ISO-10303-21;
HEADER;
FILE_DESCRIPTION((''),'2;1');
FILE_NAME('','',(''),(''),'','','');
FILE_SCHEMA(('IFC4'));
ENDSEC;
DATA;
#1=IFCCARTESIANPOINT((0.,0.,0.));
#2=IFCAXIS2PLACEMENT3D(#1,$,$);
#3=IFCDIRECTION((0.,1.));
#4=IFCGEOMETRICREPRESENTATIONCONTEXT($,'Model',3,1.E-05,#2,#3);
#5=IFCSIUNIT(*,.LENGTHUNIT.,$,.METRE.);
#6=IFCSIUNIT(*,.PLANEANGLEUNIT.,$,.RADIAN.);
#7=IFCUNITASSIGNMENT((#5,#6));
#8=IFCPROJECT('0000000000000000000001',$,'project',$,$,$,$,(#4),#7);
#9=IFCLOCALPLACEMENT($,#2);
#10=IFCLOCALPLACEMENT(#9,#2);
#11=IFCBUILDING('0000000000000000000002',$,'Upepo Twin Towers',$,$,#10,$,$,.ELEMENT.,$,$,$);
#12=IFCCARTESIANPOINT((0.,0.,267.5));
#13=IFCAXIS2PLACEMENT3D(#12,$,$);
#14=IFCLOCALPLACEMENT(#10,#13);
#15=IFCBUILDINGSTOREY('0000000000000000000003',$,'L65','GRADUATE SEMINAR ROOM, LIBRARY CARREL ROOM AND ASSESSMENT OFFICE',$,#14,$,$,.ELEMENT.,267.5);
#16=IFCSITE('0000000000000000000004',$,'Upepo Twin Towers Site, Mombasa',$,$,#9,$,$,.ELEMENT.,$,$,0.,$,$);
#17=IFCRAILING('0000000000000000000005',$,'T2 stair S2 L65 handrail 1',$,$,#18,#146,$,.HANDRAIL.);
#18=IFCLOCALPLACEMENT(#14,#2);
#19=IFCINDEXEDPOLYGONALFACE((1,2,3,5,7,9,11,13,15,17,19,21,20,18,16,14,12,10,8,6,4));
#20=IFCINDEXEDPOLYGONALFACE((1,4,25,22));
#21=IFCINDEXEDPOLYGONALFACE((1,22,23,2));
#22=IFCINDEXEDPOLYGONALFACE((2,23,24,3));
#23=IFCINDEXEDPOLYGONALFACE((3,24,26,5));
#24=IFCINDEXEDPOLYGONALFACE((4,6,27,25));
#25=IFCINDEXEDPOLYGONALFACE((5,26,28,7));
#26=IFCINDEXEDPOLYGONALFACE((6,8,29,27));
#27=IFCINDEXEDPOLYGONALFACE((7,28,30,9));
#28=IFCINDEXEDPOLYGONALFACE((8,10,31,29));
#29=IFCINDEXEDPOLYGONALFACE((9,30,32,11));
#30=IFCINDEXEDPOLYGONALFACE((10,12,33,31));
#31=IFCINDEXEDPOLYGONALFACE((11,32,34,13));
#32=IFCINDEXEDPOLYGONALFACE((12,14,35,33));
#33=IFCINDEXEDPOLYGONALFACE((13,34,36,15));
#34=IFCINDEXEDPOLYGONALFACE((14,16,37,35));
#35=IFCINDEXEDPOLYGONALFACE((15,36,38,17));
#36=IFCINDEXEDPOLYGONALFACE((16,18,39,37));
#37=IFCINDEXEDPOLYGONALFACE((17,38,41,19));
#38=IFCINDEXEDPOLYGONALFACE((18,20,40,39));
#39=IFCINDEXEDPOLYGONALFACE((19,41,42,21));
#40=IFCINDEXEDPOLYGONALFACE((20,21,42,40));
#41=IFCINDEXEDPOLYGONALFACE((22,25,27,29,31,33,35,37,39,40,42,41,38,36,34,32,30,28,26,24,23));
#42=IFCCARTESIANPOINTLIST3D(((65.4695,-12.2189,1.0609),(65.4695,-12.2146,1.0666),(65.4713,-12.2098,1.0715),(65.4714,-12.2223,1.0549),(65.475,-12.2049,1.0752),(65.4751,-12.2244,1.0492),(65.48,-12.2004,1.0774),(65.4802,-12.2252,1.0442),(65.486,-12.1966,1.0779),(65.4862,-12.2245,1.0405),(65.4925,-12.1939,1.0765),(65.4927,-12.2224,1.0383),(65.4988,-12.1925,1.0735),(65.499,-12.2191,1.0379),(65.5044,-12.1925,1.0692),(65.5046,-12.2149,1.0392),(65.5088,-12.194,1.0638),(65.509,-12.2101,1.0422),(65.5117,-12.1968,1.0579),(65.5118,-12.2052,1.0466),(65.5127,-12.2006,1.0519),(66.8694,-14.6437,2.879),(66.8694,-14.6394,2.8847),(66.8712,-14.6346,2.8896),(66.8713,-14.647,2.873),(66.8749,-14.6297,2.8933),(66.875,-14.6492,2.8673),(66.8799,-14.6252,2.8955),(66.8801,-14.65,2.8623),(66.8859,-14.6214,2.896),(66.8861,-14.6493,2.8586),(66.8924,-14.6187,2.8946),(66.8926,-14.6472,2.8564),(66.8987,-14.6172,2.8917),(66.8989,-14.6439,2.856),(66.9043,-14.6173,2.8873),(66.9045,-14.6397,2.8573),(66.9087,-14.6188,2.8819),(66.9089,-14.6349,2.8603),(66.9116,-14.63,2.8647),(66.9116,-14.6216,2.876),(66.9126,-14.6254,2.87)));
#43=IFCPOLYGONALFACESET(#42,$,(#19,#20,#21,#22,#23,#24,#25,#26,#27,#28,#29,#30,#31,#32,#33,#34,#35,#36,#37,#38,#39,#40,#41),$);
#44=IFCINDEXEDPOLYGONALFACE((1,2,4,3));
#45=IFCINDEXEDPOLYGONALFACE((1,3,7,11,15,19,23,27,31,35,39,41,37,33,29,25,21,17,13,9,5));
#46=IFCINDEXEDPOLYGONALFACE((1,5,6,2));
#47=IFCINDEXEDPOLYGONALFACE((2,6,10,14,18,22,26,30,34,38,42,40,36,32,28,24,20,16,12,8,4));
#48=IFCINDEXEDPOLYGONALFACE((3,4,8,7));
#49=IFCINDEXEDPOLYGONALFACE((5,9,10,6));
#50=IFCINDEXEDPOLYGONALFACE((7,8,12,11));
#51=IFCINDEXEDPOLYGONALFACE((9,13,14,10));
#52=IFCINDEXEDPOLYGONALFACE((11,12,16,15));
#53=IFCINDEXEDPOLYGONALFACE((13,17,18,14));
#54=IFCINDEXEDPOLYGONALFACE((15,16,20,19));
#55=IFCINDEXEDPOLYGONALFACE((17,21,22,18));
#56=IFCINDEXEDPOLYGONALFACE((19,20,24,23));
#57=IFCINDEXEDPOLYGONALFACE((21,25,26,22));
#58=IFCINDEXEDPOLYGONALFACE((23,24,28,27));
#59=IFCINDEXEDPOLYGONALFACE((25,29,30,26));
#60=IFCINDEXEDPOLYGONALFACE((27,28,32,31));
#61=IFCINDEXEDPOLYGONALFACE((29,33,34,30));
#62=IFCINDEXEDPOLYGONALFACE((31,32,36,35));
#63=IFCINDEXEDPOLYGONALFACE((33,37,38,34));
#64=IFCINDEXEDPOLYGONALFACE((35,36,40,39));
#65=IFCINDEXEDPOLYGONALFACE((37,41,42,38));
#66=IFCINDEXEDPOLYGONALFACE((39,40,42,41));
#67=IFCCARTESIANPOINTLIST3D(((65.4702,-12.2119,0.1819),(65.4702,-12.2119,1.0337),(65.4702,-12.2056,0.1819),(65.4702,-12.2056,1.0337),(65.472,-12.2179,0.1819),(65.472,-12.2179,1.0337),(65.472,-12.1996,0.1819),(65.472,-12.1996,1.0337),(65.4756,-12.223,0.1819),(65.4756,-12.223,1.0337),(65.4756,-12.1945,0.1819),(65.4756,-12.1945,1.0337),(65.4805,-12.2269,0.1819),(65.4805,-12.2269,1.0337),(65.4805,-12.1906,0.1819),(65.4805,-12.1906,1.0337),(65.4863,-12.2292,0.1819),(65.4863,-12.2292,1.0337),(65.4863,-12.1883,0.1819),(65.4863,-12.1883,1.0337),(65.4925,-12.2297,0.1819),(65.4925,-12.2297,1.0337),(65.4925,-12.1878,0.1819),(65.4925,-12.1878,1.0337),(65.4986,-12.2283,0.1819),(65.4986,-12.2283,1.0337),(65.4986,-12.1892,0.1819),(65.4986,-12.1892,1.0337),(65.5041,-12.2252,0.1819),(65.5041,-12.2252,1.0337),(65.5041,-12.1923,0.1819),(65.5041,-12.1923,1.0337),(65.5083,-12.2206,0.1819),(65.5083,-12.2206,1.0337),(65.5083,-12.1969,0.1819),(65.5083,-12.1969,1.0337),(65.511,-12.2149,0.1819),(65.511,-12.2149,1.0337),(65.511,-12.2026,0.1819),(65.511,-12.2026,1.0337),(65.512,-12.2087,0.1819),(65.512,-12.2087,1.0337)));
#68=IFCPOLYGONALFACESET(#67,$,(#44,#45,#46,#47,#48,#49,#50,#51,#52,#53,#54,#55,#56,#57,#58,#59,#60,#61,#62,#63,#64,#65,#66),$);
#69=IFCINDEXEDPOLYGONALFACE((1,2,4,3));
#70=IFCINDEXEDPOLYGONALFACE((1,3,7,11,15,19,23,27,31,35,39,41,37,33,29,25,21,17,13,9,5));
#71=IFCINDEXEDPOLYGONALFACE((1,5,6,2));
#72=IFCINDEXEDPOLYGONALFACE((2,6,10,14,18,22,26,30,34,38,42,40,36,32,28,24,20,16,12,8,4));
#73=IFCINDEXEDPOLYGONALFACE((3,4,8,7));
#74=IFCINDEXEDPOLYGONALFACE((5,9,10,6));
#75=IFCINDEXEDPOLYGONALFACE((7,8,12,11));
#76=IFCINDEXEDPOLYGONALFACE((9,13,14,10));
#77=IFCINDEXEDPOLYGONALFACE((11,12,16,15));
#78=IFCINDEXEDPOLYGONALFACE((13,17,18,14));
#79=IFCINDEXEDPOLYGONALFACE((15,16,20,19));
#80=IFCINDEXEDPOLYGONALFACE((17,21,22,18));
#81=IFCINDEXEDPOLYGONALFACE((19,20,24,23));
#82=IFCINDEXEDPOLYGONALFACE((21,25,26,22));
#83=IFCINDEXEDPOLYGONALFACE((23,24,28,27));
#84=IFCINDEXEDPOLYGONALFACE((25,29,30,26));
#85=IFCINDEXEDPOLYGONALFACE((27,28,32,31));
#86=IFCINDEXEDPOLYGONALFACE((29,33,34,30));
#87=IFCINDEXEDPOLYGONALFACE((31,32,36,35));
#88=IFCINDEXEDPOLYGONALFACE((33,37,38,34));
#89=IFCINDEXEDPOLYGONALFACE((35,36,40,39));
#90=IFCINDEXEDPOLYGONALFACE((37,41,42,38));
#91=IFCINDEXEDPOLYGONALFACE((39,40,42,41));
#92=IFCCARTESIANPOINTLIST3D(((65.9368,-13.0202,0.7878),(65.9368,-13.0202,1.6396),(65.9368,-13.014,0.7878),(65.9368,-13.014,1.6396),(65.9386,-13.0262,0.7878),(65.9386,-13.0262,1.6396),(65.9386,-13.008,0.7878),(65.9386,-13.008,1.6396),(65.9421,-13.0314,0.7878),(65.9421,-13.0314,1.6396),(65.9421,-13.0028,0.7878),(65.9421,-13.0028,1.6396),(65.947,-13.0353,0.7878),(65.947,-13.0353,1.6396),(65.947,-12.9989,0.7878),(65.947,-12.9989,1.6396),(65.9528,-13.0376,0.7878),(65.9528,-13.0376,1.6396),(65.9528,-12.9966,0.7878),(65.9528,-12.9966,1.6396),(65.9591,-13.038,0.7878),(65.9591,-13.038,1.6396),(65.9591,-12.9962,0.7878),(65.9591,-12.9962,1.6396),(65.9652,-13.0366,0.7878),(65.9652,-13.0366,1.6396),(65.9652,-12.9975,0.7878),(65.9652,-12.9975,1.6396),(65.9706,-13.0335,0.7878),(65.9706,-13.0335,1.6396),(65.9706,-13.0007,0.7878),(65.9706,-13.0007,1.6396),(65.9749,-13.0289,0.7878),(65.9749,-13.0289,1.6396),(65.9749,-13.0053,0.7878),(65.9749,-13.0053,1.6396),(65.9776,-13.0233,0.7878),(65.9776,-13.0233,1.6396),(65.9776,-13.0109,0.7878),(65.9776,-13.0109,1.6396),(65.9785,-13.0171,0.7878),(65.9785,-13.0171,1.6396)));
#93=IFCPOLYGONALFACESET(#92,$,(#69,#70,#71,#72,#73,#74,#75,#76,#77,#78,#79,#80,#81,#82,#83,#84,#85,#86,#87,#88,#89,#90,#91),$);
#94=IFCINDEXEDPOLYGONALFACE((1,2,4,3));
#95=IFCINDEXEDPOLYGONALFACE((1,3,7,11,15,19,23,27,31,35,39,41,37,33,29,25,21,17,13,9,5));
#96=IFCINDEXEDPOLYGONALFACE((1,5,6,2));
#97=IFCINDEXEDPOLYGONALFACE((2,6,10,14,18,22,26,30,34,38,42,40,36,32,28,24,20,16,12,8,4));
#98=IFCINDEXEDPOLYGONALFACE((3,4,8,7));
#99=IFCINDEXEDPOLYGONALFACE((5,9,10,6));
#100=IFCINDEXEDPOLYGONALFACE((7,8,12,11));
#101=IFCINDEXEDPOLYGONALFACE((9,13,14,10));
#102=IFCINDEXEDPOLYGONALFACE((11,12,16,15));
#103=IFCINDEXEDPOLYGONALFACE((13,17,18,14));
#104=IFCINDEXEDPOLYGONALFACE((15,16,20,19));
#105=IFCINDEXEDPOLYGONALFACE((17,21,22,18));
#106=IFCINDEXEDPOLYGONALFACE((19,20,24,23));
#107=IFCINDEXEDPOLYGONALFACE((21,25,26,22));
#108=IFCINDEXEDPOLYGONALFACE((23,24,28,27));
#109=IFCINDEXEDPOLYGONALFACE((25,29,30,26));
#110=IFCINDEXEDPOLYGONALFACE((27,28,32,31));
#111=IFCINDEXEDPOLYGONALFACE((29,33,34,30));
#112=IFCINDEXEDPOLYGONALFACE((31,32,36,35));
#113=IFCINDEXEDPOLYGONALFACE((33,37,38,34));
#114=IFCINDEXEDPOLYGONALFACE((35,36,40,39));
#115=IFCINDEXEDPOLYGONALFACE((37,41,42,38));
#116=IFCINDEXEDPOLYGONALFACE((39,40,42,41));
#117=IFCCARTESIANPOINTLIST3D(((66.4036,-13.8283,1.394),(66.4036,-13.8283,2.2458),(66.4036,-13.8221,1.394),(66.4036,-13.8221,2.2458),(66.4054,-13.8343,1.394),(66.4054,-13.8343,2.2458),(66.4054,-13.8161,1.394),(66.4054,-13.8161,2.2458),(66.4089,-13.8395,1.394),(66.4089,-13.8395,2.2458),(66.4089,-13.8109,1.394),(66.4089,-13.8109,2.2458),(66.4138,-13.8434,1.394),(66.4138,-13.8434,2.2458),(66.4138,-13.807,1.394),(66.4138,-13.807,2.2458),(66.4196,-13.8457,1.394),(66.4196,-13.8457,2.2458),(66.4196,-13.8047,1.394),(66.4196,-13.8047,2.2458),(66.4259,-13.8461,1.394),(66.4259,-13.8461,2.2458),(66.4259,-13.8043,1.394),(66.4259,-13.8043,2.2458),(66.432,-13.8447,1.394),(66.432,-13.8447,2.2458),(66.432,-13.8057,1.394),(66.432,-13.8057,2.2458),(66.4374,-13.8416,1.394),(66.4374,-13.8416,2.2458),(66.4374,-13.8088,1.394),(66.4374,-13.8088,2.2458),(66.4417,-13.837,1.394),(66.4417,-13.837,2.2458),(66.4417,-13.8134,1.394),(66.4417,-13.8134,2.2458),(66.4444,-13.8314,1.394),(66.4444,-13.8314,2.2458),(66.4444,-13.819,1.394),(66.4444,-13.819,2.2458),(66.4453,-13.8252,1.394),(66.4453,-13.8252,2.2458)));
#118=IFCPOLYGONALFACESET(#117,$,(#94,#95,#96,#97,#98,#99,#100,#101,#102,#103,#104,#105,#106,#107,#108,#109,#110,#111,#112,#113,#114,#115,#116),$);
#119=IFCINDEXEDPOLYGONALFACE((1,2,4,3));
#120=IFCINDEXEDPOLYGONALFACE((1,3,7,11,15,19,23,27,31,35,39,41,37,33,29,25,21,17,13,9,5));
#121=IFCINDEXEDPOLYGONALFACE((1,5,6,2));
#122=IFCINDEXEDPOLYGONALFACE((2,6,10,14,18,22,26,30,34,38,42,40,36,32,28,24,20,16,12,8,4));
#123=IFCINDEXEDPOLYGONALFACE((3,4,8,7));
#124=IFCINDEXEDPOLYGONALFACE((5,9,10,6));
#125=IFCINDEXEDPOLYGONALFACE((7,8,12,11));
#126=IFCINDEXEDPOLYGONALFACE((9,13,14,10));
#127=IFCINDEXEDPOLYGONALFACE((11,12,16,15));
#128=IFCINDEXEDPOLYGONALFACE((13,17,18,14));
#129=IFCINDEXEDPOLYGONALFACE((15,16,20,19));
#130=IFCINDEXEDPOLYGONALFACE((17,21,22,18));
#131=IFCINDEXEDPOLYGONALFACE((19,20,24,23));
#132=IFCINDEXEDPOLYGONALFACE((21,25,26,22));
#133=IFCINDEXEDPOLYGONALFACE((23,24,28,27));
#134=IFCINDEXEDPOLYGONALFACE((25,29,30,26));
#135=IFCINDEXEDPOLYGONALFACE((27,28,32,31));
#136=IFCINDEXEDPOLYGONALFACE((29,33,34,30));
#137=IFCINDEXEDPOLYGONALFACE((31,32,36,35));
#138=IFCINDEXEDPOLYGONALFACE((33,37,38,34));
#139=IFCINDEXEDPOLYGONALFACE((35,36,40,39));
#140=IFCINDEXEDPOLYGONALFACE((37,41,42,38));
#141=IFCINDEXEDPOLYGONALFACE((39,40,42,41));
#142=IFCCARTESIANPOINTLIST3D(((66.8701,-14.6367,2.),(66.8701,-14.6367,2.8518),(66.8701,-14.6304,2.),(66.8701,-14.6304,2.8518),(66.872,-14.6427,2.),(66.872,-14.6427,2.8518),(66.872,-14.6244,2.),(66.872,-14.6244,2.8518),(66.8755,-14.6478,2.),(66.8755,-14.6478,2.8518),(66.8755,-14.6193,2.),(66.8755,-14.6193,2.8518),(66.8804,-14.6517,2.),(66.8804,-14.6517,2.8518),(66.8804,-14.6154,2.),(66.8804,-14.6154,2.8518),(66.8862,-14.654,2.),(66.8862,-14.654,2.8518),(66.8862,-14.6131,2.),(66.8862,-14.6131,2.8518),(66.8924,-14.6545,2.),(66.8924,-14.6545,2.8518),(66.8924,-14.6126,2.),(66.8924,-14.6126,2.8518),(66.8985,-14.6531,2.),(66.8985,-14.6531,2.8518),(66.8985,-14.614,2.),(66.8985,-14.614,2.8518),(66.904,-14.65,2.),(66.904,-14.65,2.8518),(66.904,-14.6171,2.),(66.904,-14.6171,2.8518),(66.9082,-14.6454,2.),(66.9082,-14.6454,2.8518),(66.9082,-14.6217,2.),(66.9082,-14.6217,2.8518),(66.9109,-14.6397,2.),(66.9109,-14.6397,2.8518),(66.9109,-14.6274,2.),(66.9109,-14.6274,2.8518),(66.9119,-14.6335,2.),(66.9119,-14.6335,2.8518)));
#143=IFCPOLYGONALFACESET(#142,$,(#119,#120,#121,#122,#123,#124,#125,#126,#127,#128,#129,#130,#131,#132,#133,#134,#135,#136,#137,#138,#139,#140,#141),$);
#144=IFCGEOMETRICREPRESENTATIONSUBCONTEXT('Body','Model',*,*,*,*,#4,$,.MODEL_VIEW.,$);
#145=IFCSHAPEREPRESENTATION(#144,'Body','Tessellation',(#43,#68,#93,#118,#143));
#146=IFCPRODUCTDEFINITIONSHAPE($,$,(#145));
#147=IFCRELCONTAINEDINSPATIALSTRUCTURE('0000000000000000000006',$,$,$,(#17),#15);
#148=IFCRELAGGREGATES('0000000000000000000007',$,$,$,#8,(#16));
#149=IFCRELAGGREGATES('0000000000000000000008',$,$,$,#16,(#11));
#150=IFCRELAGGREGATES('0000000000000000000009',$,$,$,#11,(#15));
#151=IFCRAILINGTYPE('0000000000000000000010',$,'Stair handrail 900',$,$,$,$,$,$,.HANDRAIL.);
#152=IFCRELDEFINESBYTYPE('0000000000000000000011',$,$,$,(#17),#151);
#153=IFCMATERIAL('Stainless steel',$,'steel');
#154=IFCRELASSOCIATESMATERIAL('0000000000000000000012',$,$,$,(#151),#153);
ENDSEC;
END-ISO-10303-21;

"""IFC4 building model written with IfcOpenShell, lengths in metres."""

from ifc_helpers import new_model, si_unit, direction, frame, origin, origin_2d, place, context, subcontext, project, spatial, circle, extrude, material, type_object, element, save


model = new_model("IFC4")

# Units and contexts
model_context = context("Model", 3, precision=1e-05, world=origin(), true_north=direction((0.0, 1.0)))
body_context = subcontext(model_context, "Body", "Model", "MODEL_VIEW")
ifc_project = project(units=[si_unit("LENGTHUNIT", "METRE"), si_unit("PLANEANGLEUNIT", "RADIAN")], contexts=[model_context])

# Site, building, storey
site_placement = place(None, origin())
site = spatial("IfcSite", under=ifc_project, at=site_placement, Name="Upepo Twin Towers Site, Mombasa", CompositionType="ELEMENT", RefElevation=0.0)
building_placement = place(site_placement, origin())
building = spatial("IfcBuilding", under=site, at=building_placement, Name="Upepo Twin Towers", CompositionType="ELEMENT")
storey_placement = place(building_placement, frame((0.0, 0.0, 267.5)))
storey = spatial("IfcBuildingStorey", under=building, at=storey_placement, Name="L65", Description="GRADUATE SEMINAR ROOM, LIBRARY CARREL ROOM AND ASSESSMENT OFFICE", CompositionType="ELEMENT", Elevation=267.5)

# Railing
ifc_material_1 = material(Name="Stainless steel", Category="steel")
railing_type = type_object("IfcRailingType", Name="Stair handrail 900", PredefinedType="HANDRAIL", material=ifc_material_1)
railing_1_placement = place(storey_placement, frame((65.491, -12.2087, 0.1819)))
element("IfcRailing", 1, at=railing_1_placement, inside=storey, type_object=railing_type, Name="T2 stair S2 L65 handrail 1", PredefinedType="HANDRAIL", context=body_context, shape_type="SweptSolid", body=[
    extrude(circle(Radius=0.0239, at=origin_2d()), frame((0.0, 0.0, 0.876), z_axis=(0.419333, -0.726336, 0.544606), x_axis=(0.866035, 0.499984, 0.0)), (0.0, 0.0, 1.0), 3.3384),
    extrude(circle(Radius=0.021, at=origin_2d()), origin(), (0.0, 0.0, 1.0), 0.8518),
    extrude(circle(Radius=0.021, at=origin_2d()), frame((0.4666, -0.8083, 0.606)), (0.0, 0.0, 1.0), 0.8518),
    extrude(circle(Radius=0.021, at=origin_2d()), frame((0.9333, -1.6165, 1.2122)), (0.0, 0.0, 1.0), 0.8518),
    extrude(circle(Radius=0.021, at=origin_2d()), frame((1.3999, -2.4248, 1.8181)), (0.0, 0.0, 1.0), 0.8518),
])

save(model, "model.ifc")
